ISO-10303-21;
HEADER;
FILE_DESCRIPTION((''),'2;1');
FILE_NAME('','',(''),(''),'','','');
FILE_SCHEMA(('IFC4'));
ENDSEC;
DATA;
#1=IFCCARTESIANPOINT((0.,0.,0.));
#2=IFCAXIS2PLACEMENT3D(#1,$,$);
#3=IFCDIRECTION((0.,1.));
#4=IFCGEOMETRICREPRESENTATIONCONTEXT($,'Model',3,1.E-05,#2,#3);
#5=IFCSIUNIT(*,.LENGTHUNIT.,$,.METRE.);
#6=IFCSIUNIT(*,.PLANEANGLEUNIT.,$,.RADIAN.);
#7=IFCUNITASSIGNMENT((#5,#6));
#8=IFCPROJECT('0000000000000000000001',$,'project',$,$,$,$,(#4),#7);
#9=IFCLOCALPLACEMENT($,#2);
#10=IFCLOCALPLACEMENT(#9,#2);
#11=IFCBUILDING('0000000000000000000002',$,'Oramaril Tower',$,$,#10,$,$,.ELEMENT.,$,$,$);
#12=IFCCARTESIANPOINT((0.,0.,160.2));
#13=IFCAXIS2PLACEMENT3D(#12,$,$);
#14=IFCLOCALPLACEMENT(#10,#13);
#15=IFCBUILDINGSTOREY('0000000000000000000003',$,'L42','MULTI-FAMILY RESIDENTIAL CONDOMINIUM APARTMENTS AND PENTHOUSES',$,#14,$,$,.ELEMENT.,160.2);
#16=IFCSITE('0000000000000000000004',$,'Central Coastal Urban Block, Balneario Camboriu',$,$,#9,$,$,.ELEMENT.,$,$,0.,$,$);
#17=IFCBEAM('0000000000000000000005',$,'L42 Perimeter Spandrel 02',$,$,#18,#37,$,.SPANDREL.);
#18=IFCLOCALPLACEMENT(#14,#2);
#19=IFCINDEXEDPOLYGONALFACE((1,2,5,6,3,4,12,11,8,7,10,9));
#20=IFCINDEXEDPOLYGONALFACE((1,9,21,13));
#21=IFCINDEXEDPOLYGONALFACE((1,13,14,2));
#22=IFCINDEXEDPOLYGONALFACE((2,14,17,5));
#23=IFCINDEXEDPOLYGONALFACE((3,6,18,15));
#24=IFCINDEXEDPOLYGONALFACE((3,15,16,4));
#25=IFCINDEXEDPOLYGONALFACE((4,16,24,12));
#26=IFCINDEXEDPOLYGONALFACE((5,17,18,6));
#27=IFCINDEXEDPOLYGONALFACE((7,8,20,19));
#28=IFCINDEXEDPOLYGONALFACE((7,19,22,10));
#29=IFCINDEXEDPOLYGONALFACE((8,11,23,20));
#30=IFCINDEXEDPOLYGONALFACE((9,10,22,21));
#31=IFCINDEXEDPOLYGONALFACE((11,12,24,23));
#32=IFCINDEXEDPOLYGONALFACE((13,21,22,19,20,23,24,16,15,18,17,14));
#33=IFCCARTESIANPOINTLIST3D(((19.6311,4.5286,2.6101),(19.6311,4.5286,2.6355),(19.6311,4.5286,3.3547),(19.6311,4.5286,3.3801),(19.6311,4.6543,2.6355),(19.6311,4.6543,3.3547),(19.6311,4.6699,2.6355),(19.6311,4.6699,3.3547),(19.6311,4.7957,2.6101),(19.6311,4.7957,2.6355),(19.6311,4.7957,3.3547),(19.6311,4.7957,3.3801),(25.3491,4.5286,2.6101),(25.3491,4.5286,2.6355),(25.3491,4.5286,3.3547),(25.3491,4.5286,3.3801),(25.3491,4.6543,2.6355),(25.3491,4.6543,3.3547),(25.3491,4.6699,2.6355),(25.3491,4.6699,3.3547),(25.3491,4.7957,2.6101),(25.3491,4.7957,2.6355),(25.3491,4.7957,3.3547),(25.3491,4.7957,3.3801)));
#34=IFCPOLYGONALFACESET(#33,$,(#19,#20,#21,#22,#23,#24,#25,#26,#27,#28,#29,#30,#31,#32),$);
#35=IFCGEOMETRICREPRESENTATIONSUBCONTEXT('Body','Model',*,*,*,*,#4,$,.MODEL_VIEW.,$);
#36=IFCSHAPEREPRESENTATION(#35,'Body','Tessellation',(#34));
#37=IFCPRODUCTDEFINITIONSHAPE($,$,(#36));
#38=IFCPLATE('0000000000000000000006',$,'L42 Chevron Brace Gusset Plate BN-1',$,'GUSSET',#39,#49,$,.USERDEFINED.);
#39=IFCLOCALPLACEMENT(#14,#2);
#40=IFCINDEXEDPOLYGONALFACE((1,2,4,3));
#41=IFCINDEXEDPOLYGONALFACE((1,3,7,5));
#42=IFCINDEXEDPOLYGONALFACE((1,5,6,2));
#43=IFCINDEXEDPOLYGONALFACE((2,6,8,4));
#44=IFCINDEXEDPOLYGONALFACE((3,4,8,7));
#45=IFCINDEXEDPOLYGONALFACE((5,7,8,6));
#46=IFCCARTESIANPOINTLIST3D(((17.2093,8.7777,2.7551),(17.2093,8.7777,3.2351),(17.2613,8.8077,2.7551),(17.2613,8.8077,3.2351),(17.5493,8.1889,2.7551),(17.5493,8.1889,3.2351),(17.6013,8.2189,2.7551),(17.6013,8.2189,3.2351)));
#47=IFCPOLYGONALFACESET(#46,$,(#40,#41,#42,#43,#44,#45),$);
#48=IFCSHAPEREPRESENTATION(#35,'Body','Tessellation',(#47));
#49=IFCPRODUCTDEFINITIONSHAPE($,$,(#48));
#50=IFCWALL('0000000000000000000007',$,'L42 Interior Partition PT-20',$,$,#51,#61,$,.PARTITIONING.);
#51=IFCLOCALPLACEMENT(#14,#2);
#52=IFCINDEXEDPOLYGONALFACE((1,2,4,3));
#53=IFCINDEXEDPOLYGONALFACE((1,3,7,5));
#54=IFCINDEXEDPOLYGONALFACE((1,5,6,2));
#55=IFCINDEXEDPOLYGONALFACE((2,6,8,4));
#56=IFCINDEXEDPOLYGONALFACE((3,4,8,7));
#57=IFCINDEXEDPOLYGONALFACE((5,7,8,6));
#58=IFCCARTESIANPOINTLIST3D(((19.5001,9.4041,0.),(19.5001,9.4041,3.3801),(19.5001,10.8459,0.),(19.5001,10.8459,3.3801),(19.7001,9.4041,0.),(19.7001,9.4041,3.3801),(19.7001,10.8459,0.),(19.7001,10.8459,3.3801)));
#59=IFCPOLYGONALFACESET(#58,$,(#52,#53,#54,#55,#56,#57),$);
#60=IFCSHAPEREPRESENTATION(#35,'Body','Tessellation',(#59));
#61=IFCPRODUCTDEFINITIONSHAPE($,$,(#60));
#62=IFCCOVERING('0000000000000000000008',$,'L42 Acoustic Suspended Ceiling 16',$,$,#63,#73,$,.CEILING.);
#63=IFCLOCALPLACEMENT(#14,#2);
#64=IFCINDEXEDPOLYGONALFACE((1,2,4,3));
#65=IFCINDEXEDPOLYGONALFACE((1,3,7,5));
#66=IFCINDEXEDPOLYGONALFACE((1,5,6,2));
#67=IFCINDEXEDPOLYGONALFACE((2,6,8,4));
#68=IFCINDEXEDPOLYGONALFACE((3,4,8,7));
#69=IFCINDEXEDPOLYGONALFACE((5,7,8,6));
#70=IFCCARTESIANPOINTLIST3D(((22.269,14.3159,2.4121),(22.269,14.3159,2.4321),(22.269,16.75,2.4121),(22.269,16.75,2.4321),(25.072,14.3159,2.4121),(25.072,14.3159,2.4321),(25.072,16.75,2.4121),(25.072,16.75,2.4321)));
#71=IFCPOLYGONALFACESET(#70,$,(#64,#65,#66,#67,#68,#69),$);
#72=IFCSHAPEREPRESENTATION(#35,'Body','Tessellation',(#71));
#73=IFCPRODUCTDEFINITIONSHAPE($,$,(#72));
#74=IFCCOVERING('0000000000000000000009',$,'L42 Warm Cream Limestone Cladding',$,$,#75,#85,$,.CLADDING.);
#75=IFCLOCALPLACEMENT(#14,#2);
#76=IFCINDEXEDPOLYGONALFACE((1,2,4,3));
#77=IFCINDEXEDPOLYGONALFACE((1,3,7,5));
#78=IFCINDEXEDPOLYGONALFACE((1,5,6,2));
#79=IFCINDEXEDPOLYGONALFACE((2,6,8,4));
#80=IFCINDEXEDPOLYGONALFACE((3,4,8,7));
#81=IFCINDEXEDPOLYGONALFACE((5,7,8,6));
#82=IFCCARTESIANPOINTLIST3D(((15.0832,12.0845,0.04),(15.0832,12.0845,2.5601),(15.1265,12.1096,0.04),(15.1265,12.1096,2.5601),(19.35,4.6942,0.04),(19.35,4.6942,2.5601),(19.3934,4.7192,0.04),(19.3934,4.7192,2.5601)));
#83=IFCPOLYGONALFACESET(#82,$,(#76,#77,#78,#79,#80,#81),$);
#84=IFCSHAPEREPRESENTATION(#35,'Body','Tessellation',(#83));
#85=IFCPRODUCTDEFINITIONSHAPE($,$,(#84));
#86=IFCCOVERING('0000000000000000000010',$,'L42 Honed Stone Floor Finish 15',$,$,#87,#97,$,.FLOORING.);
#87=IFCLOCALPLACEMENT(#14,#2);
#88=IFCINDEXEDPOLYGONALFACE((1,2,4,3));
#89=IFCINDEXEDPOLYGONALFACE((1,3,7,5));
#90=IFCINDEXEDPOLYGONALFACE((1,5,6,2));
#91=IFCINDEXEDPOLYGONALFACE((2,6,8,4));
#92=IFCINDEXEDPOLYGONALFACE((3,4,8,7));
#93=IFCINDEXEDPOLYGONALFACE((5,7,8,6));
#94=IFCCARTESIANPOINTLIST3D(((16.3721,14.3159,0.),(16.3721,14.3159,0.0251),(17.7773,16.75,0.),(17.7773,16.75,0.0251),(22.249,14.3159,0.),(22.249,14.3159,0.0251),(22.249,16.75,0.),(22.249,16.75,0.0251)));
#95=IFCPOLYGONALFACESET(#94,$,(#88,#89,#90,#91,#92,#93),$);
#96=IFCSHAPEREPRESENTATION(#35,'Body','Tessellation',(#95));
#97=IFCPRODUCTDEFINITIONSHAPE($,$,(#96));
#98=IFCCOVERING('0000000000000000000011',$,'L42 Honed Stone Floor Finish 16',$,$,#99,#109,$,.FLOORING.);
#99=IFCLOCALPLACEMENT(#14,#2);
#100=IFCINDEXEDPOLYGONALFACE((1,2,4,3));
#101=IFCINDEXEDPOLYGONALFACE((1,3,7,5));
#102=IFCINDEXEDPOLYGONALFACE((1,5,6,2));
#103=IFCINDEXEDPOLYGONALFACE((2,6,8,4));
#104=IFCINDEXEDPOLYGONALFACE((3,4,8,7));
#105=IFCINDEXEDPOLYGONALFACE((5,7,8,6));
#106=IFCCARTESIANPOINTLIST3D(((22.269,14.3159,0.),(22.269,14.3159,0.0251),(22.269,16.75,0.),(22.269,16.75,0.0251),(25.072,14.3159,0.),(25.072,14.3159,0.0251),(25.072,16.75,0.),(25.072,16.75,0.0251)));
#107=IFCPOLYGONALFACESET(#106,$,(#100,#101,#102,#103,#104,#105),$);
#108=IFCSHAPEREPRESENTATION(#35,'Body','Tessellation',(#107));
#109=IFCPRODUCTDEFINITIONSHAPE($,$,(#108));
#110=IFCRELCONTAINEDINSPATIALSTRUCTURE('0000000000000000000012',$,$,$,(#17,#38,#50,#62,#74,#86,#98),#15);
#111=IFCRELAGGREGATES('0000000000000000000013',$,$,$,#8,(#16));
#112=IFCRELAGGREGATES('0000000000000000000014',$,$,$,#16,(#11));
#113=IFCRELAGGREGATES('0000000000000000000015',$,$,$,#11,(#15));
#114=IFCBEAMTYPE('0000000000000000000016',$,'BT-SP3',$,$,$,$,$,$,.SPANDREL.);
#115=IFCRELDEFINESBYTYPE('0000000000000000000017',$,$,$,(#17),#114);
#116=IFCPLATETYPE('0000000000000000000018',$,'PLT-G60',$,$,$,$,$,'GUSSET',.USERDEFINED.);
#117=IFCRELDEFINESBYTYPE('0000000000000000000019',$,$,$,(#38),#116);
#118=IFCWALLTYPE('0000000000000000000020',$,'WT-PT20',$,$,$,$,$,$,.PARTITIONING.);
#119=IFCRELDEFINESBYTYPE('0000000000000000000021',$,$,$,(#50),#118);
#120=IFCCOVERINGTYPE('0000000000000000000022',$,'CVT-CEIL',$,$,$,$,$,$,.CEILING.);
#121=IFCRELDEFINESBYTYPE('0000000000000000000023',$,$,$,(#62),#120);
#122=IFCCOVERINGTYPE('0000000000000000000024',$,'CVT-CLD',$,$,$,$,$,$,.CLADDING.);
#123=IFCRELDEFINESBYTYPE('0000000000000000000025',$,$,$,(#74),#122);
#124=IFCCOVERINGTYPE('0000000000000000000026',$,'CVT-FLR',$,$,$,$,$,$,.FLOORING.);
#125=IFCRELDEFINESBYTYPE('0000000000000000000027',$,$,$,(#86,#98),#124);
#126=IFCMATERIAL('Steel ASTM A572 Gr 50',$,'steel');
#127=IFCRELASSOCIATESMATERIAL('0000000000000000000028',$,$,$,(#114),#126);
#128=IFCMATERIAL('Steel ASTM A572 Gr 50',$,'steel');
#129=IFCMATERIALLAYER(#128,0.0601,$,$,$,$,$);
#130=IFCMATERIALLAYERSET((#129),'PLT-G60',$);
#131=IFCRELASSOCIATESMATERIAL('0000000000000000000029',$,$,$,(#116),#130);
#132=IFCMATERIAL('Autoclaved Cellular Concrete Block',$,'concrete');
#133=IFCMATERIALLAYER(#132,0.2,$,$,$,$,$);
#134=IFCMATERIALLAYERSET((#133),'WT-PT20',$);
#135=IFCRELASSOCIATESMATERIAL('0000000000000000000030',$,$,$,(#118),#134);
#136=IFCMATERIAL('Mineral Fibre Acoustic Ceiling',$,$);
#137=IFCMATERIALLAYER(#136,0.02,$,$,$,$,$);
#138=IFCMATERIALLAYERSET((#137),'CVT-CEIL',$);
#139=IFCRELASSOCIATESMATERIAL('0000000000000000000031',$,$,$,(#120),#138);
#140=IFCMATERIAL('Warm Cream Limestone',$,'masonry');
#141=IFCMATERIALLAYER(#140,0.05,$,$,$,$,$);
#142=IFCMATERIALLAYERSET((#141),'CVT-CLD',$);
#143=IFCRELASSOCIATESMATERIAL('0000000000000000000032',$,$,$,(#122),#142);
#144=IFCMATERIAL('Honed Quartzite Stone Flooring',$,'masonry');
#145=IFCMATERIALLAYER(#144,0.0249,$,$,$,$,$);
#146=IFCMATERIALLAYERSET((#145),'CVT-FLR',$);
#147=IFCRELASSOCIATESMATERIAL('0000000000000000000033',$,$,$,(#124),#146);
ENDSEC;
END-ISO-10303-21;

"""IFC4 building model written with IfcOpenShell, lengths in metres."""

from ifc_helpers import new_model, si_unit, direction, frame, frame_2d, origin, origin_2d, place, context, subcontext, project, spatial, polyline, rectangle, i_section, outline, extrude, material, layer, layer_set, material_profile, profile_set, type_object, element, save


model = new_model("IFC4")

# Units and contexts
model_context = context("Model", 3, precision=1e-05, world=origin(), true_north=direction((0.0, 1.0)))
body_context = subcontext(model_context, "Body", "Model", "MODEL_VIEW")
ifc_project = project(units=[si_unit("LENGTHUNIT", "METRE"), si_unit("PLANEANGLEUNIT", "RADIAN")], contexts=[model_context])

# Site, building, storey
site_placement = place(None, origin())
site = spatial("IfcSite", under=ifc_project, at=site_placement, Name="Central Coastal Urban Block, Balneario Camboriu", CompositionType="ELEMENT", RefElevation=0.0)
building_placement = place(site_placement, origin())
building = spatial("IfcBuilding", under=site, at=building_placement, Name="Oramaril Tower", CompositionType="ELEMENT")
storey_placement = place(building_placement, frame((0.0, 0.0, 160.2)))
storey = spatial("IfcBuildingStorey", under=building, at=storey_placement, Name="L42", Description="MULTI-FAMILY RESIDENTIAL CONDOMINIUM APARTMENTS AND PENTHOUSES", CompositionType="ELEMENT", Elevation=160.2)

# Beam
ifc_material_1 = material(Name="Steel ASTM A572 Gr 50", Category="steel")
ifc_material_profile = material_profile(ifc_material_1, i_section(OverallWidth=0.2671, OverallDepth=0.77, WebThickness=0.0156, FlangeThickness=0.0254, at=origin_2d()), Name="W30X132")
ifc_profile_set = profile_set([ifc_material_profile], Name="Steel ASTM A572 Gr 50")
beam_type = type_object("IfcBeamType", Name="BT-SP3", PredefinedType="SPANDREL", material=ifc_profile_set)
beam_placement = place(storey_placement, frame((19.6311, 4.6621, 2.9951), z_axis=(1.0, 0.0, 0.0), x_axis=(0.0, 1.0, 0.0)))
element("IfcBeam", 1, at=beam_placement, inside=storey, type_object=beam_type, Name="L42 Perimeter Spandrel 02", PredefinedType="SPANDREL", context=body_context, shape_type="SweptSolid", body=[
    extrude(i_section(OverallWidth=0.2671, OverallDepth=0.77, WebThickness=0.0156, FlangeThickness=0.0254, at=origin_2d()), origin(), (0.0, 0.0, 1.0), 5.718),
])

# Plate
ifc_material_2 = material(Name="Steel ASTM A572 Gr 50", Category="steel")
ifc_layer_1 = layer(ifc_material_2, 0.0601)
ifc_layer_set_1 = layer_set([ifc_layer_1], Name="PLT-G60")
plate_type = type_object("IfcPlateType", Name="PLT-G60", ElementType="GUSSET", PredefinedType="USERDEFINED", material=ifc_layer_set_1)
plate_placement = place(storey_placement, frame((17.4053, 8.4983, 2.7551), z_axis=(0.0, 0.0, 1.0), x_axis=(0.500002, -0.866025, 0.0)))
element("IfcPlate", 2, at=plate_placement, inside=storey, type_object=plate_type, Name="L42 Chevron Brace Gusset Plate BN-1", ObjectType="GUSSET", PredefinedType="USERDEFINED", context=body_context, shape_type="SweptSolid", body=[
    extrude(rectangle(XDim=0.6799, YDim=0.0601, at=origin_2d()), origin(), (0.0, 0.0, 1.0), 0.48),
])

# Shared definitions
ifc_material_3 = material(Name="Autoclaved Cellular Concrete Block", Category="concrete")
ifc_layer_2 = layer(ifc_material_3, 0.2)
ifc_layer_set_2 = layer_set([ifc_layer_2], Name="WT-PT20")
wall_type = type_object("IfcWallType", Name="WT-PT20", PredefinedType="PARTITIONING", material=ifc_layer_set_2)

# Wall
wall_1_placement = place(storey_placement, frame((19.6001, 9.4041, 0.0), z_axis=(0.0, 0.0, 1.0), x_axis=(0.0, 1.0, 0.0)))
element("IfcWall", 3, at=wall_1_placement, inside=storey, type_object=wall_type, Name="L42 Interior Partition PT-20", PredefinedType="PARTITIONING", context=body_context, shape_type="SweptSolid", body=[
    extrude(rectangle(XDim=1.4419, YDim=0.2, at=frame_2d((0.7209, 0.0))), origin(), (0.0, 0.0, 1.0), 3.3801),
])

# Coverings
ifc_material_4 = material(Name="Mineral Fibre Acoustic Ceiling")
ifc_layer_3 = layer(ifc_material_4, 0.02)
ifc_layer_set_3 = layer_set([ifc_layer_3], Name="CVT-CEIL")
covering_type_1 = type_object("IfcCoveringType", Name="CVT-CEIL", PredefinedType="CEILING", material=ifc_layer_set_3)
covering_1_placement = place(storey_placement, frame((0.0, 0.0, 2.4121)))
element("IfcCovering", 4, at=covering_1_placement, inside=storey, type_object=covering_type_1, Name="L42 Acoustic Suspended Ceiling 16", PredefinedType="CEILING", context=body_context, shape_type="SweptSolid", body=[
    extrude(outline(polyline([(25.072, 14.3159), (22.269, 14.3159), (22.269, 16.75), (25.072, 16.75), (25.072, 14.3159)])), origin(), (0.0, 0.0, 1.0), 0.02),
])
ifc_material_5 = material(Name="Warm Cream Limestone", Category="masonry")
ifc_layer_4 = layer(ifc_material_5, 0.05)
ifc_layer_set_4 = layer_set([ifc_layer_4], Name="CVT-CLD")
covering_type_2 = type_object("IfcCoveringType", Name="CVT-CLD", PredefinedType="CLADDING", material=ifc_layer_set_4)
covering_2_placement = place(storey_placement, frame((17.2383, 8.4019, 0.04), z_axis=(0.0, 0.0, 1.0), x_axis=(0.500002, -0.866025, 0.0)))
element("IfcCovering", 5, at=covering_2_placement, inside=storey, type_object=covering_type_2, Name="L42 Warm Cream Limestone Cladding", PredefinedType="CLADDING", context=body_context, shape_type="SweptSolid", body=[
    extrude(rectangle(XDim=8.5337, YDim=0.05, at=origin_2d()), origin(), (0.0, 0.0, 1.0), 2.52),
])
ifc_material_6 = material(Name="Honed Quartzite Stone Flooring", Category="masonry")
ifc_layer_5 = layer(ifc_material_6, 0.0249)
ifc_layer_set_5 = layer_set([ifc_layer_5], Name="CVT-FLR")
covering_type_3 = type_object("IfcCoveringType", Name="CVT-FLR", PredefinedType="FLOORING", material=ifc_layer_set_5)
covering_3_placement = place(storey_placement, origin())
element("IfcCovering", 6, at=covering_3_placement, inside=storey, type_object=covering_type_3, Name="L42 Honed Stone Floor Finish 15", PredefinedType="FLOORING", context=body_context, shape_type="SweptSolid", body=[
    extrude(outline(polyline([(17.7773, 16.75), (22.249, 16.75), (22.249, 14.3159), (16.3721, 14.3159), (17.7773, 16.75)])), origin(), (0.0, 0.0, 1.0), 0.0251),
])
covering_4_placement = place(storey_placement, origin())
element("IfcCovering", 7, at=covering_4_placement, inside=storey, type_object=covering_type_3, Name="L42 Honed Stone Floor Finish 16", PredefinedType="FLOORING", context=body_context, shape_type="SweptSolid", body=[
    extrude(outline(polyline([(25.072, 14.3159), (22.269, 14.3159), (22.269, 16.75), (25.072, 16.75), (25.072, 14.3159)])), origin(), (0.0, 0.0, 1.0), 0.0251),
])

save(model, "model.ifc")
